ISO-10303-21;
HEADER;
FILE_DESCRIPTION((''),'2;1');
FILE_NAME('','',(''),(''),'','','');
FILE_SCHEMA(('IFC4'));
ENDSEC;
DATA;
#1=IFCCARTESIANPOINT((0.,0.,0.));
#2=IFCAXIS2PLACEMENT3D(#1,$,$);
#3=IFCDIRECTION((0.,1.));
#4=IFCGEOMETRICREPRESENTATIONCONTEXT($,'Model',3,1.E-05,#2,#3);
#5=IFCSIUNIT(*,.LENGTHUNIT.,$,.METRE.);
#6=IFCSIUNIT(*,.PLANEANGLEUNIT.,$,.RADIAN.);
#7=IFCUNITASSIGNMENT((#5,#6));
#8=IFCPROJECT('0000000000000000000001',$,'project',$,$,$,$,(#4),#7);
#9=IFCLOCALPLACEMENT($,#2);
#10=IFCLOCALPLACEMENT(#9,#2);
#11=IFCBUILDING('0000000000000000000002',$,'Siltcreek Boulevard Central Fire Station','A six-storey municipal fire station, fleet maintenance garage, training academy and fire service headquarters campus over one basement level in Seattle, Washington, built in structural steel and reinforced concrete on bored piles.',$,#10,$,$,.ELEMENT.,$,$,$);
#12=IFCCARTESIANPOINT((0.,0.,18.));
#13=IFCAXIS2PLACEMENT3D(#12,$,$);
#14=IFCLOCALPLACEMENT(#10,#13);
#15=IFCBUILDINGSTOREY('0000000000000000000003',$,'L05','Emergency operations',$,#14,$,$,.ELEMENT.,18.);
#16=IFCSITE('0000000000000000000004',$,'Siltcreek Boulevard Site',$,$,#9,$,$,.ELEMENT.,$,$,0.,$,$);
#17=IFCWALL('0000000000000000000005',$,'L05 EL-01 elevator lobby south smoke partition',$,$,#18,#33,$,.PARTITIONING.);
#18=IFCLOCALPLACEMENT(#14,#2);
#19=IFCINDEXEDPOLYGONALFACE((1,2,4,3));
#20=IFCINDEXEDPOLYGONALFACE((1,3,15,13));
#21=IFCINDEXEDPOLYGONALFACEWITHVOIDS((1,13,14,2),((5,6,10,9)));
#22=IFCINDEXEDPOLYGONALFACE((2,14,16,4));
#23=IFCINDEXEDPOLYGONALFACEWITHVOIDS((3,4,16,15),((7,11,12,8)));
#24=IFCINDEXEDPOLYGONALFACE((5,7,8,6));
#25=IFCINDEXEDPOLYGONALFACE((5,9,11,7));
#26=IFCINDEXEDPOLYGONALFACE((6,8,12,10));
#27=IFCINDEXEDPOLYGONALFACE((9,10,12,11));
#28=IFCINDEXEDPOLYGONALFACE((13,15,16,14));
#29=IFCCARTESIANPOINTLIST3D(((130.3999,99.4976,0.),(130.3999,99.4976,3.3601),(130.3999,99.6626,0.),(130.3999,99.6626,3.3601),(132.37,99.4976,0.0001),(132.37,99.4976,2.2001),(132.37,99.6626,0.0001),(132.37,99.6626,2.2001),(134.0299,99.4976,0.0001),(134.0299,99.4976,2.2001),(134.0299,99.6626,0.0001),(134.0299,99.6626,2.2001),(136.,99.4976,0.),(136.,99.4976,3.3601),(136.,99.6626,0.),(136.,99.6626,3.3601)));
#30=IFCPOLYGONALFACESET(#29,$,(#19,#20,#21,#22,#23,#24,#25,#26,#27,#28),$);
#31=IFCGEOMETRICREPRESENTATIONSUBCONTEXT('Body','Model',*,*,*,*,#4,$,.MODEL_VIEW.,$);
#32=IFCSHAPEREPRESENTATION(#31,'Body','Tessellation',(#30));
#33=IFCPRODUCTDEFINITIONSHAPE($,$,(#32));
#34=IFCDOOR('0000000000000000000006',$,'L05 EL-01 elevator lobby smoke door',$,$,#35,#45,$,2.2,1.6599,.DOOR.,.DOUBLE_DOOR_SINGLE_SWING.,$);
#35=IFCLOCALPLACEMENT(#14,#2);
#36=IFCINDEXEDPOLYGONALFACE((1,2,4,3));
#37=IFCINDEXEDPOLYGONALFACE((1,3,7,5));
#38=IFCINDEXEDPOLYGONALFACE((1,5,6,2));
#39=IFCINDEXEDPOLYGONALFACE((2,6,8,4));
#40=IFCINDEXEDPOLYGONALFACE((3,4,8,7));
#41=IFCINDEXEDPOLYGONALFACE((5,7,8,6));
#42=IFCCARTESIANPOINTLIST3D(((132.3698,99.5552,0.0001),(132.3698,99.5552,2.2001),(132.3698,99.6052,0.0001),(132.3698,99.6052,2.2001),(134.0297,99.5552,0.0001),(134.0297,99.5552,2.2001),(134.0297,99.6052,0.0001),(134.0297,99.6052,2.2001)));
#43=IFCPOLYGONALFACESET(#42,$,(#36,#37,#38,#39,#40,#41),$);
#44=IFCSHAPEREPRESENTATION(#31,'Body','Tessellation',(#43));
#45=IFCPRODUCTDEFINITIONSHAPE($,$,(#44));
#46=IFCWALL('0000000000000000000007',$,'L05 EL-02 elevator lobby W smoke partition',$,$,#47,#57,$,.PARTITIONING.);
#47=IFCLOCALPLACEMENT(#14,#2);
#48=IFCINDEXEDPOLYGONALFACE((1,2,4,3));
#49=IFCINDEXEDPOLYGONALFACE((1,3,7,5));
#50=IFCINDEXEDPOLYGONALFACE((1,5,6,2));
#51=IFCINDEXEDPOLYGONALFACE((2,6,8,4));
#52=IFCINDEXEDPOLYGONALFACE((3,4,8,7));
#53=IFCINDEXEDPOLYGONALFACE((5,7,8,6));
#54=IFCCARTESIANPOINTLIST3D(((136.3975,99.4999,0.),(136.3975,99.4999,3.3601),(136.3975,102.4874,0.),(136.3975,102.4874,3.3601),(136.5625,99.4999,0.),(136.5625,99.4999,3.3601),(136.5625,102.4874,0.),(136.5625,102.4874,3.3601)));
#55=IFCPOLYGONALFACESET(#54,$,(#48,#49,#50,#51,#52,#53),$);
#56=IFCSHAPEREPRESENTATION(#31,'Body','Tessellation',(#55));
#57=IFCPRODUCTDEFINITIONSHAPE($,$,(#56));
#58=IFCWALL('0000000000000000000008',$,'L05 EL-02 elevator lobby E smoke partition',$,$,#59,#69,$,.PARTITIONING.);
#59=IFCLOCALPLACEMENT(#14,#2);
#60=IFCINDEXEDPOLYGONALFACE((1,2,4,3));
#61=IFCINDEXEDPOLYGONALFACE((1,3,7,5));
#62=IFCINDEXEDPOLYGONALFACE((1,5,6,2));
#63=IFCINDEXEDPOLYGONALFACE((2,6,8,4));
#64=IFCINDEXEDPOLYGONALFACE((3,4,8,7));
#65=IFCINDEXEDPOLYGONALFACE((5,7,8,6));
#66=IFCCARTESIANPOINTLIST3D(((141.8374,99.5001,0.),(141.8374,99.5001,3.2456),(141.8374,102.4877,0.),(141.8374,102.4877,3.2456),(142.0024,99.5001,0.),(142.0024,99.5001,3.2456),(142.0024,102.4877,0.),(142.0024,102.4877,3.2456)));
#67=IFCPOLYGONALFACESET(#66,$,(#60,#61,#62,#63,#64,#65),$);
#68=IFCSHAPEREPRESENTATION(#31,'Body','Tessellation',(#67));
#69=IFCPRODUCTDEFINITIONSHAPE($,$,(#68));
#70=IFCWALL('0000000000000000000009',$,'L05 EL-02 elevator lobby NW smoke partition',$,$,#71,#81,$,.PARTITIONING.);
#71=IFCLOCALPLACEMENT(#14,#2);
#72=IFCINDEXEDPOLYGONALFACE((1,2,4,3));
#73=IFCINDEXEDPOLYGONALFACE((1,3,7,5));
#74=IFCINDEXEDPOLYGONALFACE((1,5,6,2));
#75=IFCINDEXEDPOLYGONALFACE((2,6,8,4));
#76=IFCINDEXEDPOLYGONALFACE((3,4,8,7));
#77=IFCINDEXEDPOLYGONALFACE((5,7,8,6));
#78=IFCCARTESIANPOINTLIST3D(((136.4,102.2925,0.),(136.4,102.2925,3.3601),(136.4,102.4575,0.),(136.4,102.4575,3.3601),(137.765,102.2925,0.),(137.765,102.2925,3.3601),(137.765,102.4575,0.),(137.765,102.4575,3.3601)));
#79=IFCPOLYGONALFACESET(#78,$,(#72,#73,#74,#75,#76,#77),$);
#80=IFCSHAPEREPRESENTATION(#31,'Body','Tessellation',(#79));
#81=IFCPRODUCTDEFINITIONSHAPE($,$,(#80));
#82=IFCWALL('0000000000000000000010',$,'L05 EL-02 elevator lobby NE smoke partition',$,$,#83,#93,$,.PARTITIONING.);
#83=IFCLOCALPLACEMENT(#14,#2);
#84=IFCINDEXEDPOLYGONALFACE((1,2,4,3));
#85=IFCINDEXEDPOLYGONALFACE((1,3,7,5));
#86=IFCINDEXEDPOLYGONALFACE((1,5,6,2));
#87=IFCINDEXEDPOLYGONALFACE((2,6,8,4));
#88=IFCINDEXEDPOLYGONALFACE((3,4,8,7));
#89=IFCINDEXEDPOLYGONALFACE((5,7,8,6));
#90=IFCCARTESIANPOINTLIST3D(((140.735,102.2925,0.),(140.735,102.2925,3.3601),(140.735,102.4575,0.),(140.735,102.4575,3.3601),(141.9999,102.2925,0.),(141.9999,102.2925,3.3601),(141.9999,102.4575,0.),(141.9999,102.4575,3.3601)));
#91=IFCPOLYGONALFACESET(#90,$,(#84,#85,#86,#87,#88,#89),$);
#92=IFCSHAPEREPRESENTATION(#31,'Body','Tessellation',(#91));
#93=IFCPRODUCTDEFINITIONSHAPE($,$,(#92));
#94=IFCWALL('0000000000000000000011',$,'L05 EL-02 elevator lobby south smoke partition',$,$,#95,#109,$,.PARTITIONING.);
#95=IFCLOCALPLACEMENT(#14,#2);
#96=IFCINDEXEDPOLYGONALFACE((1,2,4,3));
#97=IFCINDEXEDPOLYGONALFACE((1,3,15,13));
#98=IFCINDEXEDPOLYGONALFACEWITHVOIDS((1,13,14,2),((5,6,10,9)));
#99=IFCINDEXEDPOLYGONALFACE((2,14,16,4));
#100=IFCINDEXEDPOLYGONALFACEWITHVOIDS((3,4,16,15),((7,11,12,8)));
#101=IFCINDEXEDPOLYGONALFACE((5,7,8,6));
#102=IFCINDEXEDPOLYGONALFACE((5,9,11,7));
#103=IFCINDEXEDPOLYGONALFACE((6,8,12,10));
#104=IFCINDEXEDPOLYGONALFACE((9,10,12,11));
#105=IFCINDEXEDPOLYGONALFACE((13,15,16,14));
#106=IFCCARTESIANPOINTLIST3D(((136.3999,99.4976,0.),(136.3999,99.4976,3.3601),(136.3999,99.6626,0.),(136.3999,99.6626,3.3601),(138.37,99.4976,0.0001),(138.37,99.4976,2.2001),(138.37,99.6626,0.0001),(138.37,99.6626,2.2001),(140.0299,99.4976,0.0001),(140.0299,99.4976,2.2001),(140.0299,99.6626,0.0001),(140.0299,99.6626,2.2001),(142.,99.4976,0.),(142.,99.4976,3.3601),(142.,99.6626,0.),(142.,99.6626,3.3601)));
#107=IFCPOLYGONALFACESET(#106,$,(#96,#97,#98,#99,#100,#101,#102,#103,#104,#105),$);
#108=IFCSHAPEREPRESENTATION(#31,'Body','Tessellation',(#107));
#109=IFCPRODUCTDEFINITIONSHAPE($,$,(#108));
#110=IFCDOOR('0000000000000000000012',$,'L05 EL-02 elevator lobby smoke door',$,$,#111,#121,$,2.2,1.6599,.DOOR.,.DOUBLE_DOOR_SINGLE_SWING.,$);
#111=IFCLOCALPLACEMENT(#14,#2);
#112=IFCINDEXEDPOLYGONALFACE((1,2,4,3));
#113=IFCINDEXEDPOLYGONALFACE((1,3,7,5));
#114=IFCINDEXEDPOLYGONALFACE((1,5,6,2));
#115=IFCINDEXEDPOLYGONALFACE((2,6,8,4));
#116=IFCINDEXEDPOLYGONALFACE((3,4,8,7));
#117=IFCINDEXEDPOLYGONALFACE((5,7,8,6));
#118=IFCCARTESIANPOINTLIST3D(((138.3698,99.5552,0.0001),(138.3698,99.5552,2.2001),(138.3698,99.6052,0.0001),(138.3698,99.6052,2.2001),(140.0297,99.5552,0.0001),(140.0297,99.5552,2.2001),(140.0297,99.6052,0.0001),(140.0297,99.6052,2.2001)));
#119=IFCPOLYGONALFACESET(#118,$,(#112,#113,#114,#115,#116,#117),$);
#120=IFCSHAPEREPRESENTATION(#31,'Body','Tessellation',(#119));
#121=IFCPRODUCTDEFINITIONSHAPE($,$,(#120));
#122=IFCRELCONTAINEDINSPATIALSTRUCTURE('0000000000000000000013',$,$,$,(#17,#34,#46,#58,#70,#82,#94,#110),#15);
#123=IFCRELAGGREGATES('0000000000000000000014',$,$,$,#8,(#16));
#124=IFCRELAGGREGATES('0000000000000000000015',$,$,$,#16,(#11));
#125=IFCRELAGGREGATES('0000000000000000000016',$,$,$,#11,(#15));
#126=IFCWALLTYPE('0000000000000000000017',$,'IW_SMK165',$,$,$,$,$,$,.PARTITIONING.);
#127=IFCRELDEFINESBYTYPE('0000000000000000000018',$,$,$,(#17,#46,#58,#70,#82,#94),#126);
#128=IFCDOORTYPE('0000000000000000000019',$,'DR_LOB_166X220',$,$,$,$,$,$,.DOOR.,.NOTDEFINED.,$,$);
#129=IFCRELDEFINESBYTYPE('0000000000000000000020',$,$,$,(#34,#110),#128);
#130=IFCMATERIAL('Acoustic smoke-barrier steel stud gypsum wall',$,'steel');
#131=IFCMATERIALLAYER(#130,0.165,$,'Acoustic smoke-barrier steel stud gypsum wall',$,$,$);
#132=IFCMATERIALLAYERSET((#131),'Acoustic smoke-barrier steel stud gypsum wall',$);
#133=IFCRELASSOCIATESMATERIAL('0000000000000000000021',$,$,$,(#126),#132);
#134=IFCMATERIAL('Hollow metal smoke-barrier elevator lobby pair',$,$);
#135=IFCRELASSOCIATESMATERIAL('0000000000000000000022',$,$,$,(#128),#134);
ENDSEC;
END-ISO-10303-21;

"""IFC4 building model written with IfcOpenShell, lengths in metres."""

from ifc_helpers import new_model, si_unit, direction, frame, frame_2d, origin, place, context, subcontext, project, spatial, rectangle, extrude, material, layer, layer_set, type_object, element, fill, save


model = new_model("IFC4")

# Units and contexts
model_context = context("Model", 3, precision=1e-05, world=origin(), true_north=direction((0.0, 1.0)))
body_context = subcontext(model_context, "Body", "Model", "MODEL_VIEW")
ifc_project = project(units=[si_unit("LENGTHUNIT", "METRE"), si_unit("PLANEANGLEUNIT", "RADIAN")], contexts=[model_context])

# Site, building, storey
site_placement = place(None, origin())
site = spatial("IfcSite", under=ifc_project, at=site_placement, Name="Siltcreek Boulevard Site", CompositionType="ELEMENT", RefElevation=0.0)
building_placement = place(site_placement, origin())
building = spatial("IfcBuilding", under=site, at=building_placement, Name="Siltcreek Boulevard Central Fire Station", Description="A six-storey municipal fire station, fleet maintenance garage, training academy and fire service headquarters campus over one basement level in Seattle, Washington, built in structural steel and reinforced concrete on bored piles.", CompositionType="ELEMENT")
storey_placement = place(building_placement, frame((0.0, 0.0, 18.0)))
storey = spatial("IfcBuildingStorey", under=building, at=storey_placement, Name="L05", Description="Emergency operations", CompositionType="ELEMENT", Elevation=18.0)

# Shared definitions
ifc_material_1 = material(Name="Acoustic smoke-barrier steel stud gypsum wall", Category="steel")
ifc_layer_1 = layer(ifc_material_1, 0.165, Name="Acoustic smoke-barrier steel stud gypsum wall")
ifc_layer_set_1 = layer_set([ifc_layer_1], Name="Acoustic smoke-barrier steel stud gypsum wall")
wall_type_1 = type_object("IfcWallType", Name="IW_SMK165", PredefinedType="PARTITIONING", material=ifc_layer_set_1)

# Wall, opening, door
wall_1_placement = place(storey_placement, frame((130.3999, 99.5801, 0.0), z_axis=(0.0, 0.0, 1.0), x_axis=(1.0, 0.0, 0.0)))
wall_1 = element("IfcWall", 1, at=wall_1_placement, inside=storey, type_object=wall_type_1, Name="L05 EL-01 elevator lobby south smoke partition", PredefinedType="PARTITIONING", context=body_context, shape_type="SweptSolid", body=[
    extrude(rectangle(XDim=5.6001, YDim=0.165, at=frame_2d((2.8, 0.0))), origin(), (0.0, 0.0, 1.0), 3.3601),
])
opening_1_placement = place(wall_1_placement, frame((1.97, 0.0, 0.0)))
opening_1 = element("IfcOpeningElement", 2, at=opening_1_placement, cuts=wall_1, PredefinedType="OPENING", context=body_context, shape_type="SweptSolid", body=[
    extrude(rectangle(XDim=1.6599, YDim=2.2, at=frame_2d((0.8301, 1.1001))), frame((0.0, 0.0925, 0.0), z_axis=(0.0, -1.0, 0.0), x_axis=(1.0, 0.0, 0.0)), (0.0, 0.0, 1.0), 0.1851),
])
ifc_material_2 = material(Name="Hollow metal smoke-barrier elevator lobby pair")
door_type_1 = type_object("IfcDoorType", Name="DR_LOB_166X220", OperationType="NOTDEFINED", PredefinedType="DOOR", material=ifc_material_2)
door_1_placement = place(opening_1_placement, frame((1.6599, 0.0, 0.0), z_axis=(0.0, 0.0, 1.0), x_axis=(-1.0, 0.0, 0.0)))
door_1 = element("IfcDoor", 3, at=door_1_placement, inside=storey, type_object=door_type_1, Name="L05 EL-01 elevator lobby smoke door", OperationType="DOUBLE_DOOR_SINGLE_SWING", OverallHeight=2.2, OverallWidth=1.6599, PredefinedType="DOOR", context=body_context, shape_type="SweptSolid", body=[
    extrude(rectangle(XDim=1.6599, YDim=2.2, at=frame_2d((0.8301, 1.1001))), frame((0.0, 0.0249, 0.0), z_axis=(0.0, -1.0, 0.0), x_axis=(1.0, 0.0, 0.0)), (0.0, 0.0, 1.0), 0.05),
])
fill(opening_1, door_1)

# Walls
wall_2_placement = place(storey_placement, frame((136.48, 99.5, 0.0), z_axis=(0.0, 0.0, 1.0), x_axis=(0.0, 1.0, 0.0)))
element("IfcWall", 4, at=wall_2_placement, inside=storey, type_object=wall_type_1, Name="L05 EL-02 elevator lobby W smoke partition", PredefinedType="PARTITIONING", context=body_context, shape_type="SweptSolid", body=[
    extrude(rectangle(XDim=2.9875, YDim=0.165, at=frame_2d((1.4937, 0.0))), origin(), (0.0, 0.0, 1.0), 3.3601),
])
wall_3_placement = place(storey_placement, frame((141.9199, 102.4875, 0.0), z_axis=(0.0, 0.0, 1.0), x_axis=(0.0, -1.0, 0.0)))
element("IfcWall", 5, at=wall_3_placement, inside=storey, type_object=wall_type_1, Name="L05 EL-02 elevator lobby E smoke partition", PredefinedType="PARTITIONING", context=body_context, shape_type="SweptSolid", body=[
    extrude(rectangle(XDim=2.9875, YDim=0.165, at=frame_2d((1.4937, 0.0))), origin(), (0.0, 0.0, 1.0), 3.2456),
])
wall_4_placement = place(storey_placement, frame((136.3999, 102.375, 0.0), z_axis=(0.0, 0.0, 1.0), x_axis=(1.0, 0.0, 0.0)))
element("IfcWall", 6, at=wall_4_placement, inside=storey, type_object=wall_type_1, Name="L05 EL-02 elevator lobby NW smoke partition", PredefinedType="PARTITIONING", context=body_context, shape_type="SweptSolid", body=[
    extrude(rectangle(XDim=1.365, YDim=0.165, at=frame_2d((0.6826, 0.0))), origin(), (0.0, 0.0, 1.0), 3.3601),
])
wall_5_placement = place(storey_placement, frame((140.7351, 102.375, 0.0), z_axis=(0.0, 0.0, 1.0), x_axis=(1.0, 0.0, 0.0)))
element("IfcWall", 7, at=wall_5_placement, inside=storey, type_object=wall_type_1, Name="L05 EL-02 elevator lobby NE smoke partition", PredefinedType="PARTITIONING", context=body_context, shape_type="SweptSolid", body=[
    extrude(rectangle(XDim=1.2649, YDim=0.165, at=frame_2d((0.6323, 0.0))), origin(), (0.0, 0.0, 1.0), 3.3601),
])

# Wall, opening, door
wall_6_placement = place(storey_placement, frame((136.3999, 99.5801, 0.0), z_axis=(0.0, 0.0, 1.0), x_axis=(1.0, 0.0, 0.0)))
wall_6 = element("IfcWall", 8, at=wall_6_placement, inside=storey, type_object=wall_type_1, Name="L05 EL-02 elevator lobby south smoke partition", PredefinedType="PARTITIONING", context=body_context, shape_type="SweptSolid", body=[
    extrude(rectangle(XDim=5.6001, YDim=0.165, at=frame_2d((2.8, 0.0))), origin(), (0.0, 0.0, 1.0), 3.3601),
])
opening_2_placement = place(wall_6_placement, frame((1.97, 0.0, 0.0)))
opening_2 = element("IfcOpeningElement", 9, at=opening_2_placement, cuts=wall_6, PredefinedType="OPENING", context=body_context, shape_type="SweptSolid", body=[
    extrude(rectangle(XDim=1.6599, YDim=2.2, at=frame_2d((0.8301, 1.1001))), frame((0.0, 0.0925, 0.0), z_axis=(0.0, -1.0, 0.0), x_axis=(1.0, 0.0, 0.0)), (0.0, 0.0, 1.0), 0.1851),
])
door_2_placement = place(opening_2_placement, frame((1.6599, 0.0, 0.0), z_axis=(0.0, 0.0, 1.0), x_axis=(-1.0, 0.0, 0.0)))
door_2 = element("IfcDoor", 10, at=door_2_placement, inside=storey, type_object=door_type_1, Name="L05 EL-02 elevator lobby smoke door", OperationType="DOUBLE_DOOR_SINGLE_SWING", OverallHeight=2.2, OverallWidth=1.6599, PredefinedType="DOOR", context=body_context, shape_type="SweptSolid", body=[
    extrude(rectangle(XDim=1.6599, YDim=2.2, at=frame_2d((0.8301, 1.1001))), frame((0.0, 0.0249, 0.0), z_axis=(0.0, -1.0, 0.0), x_axis=(1.0, 0.0, 0.0)), (0.0, 0.0, 1.0), 0.05),
])
fill(opening_2, door_2)

save(model, "model.ifc")
